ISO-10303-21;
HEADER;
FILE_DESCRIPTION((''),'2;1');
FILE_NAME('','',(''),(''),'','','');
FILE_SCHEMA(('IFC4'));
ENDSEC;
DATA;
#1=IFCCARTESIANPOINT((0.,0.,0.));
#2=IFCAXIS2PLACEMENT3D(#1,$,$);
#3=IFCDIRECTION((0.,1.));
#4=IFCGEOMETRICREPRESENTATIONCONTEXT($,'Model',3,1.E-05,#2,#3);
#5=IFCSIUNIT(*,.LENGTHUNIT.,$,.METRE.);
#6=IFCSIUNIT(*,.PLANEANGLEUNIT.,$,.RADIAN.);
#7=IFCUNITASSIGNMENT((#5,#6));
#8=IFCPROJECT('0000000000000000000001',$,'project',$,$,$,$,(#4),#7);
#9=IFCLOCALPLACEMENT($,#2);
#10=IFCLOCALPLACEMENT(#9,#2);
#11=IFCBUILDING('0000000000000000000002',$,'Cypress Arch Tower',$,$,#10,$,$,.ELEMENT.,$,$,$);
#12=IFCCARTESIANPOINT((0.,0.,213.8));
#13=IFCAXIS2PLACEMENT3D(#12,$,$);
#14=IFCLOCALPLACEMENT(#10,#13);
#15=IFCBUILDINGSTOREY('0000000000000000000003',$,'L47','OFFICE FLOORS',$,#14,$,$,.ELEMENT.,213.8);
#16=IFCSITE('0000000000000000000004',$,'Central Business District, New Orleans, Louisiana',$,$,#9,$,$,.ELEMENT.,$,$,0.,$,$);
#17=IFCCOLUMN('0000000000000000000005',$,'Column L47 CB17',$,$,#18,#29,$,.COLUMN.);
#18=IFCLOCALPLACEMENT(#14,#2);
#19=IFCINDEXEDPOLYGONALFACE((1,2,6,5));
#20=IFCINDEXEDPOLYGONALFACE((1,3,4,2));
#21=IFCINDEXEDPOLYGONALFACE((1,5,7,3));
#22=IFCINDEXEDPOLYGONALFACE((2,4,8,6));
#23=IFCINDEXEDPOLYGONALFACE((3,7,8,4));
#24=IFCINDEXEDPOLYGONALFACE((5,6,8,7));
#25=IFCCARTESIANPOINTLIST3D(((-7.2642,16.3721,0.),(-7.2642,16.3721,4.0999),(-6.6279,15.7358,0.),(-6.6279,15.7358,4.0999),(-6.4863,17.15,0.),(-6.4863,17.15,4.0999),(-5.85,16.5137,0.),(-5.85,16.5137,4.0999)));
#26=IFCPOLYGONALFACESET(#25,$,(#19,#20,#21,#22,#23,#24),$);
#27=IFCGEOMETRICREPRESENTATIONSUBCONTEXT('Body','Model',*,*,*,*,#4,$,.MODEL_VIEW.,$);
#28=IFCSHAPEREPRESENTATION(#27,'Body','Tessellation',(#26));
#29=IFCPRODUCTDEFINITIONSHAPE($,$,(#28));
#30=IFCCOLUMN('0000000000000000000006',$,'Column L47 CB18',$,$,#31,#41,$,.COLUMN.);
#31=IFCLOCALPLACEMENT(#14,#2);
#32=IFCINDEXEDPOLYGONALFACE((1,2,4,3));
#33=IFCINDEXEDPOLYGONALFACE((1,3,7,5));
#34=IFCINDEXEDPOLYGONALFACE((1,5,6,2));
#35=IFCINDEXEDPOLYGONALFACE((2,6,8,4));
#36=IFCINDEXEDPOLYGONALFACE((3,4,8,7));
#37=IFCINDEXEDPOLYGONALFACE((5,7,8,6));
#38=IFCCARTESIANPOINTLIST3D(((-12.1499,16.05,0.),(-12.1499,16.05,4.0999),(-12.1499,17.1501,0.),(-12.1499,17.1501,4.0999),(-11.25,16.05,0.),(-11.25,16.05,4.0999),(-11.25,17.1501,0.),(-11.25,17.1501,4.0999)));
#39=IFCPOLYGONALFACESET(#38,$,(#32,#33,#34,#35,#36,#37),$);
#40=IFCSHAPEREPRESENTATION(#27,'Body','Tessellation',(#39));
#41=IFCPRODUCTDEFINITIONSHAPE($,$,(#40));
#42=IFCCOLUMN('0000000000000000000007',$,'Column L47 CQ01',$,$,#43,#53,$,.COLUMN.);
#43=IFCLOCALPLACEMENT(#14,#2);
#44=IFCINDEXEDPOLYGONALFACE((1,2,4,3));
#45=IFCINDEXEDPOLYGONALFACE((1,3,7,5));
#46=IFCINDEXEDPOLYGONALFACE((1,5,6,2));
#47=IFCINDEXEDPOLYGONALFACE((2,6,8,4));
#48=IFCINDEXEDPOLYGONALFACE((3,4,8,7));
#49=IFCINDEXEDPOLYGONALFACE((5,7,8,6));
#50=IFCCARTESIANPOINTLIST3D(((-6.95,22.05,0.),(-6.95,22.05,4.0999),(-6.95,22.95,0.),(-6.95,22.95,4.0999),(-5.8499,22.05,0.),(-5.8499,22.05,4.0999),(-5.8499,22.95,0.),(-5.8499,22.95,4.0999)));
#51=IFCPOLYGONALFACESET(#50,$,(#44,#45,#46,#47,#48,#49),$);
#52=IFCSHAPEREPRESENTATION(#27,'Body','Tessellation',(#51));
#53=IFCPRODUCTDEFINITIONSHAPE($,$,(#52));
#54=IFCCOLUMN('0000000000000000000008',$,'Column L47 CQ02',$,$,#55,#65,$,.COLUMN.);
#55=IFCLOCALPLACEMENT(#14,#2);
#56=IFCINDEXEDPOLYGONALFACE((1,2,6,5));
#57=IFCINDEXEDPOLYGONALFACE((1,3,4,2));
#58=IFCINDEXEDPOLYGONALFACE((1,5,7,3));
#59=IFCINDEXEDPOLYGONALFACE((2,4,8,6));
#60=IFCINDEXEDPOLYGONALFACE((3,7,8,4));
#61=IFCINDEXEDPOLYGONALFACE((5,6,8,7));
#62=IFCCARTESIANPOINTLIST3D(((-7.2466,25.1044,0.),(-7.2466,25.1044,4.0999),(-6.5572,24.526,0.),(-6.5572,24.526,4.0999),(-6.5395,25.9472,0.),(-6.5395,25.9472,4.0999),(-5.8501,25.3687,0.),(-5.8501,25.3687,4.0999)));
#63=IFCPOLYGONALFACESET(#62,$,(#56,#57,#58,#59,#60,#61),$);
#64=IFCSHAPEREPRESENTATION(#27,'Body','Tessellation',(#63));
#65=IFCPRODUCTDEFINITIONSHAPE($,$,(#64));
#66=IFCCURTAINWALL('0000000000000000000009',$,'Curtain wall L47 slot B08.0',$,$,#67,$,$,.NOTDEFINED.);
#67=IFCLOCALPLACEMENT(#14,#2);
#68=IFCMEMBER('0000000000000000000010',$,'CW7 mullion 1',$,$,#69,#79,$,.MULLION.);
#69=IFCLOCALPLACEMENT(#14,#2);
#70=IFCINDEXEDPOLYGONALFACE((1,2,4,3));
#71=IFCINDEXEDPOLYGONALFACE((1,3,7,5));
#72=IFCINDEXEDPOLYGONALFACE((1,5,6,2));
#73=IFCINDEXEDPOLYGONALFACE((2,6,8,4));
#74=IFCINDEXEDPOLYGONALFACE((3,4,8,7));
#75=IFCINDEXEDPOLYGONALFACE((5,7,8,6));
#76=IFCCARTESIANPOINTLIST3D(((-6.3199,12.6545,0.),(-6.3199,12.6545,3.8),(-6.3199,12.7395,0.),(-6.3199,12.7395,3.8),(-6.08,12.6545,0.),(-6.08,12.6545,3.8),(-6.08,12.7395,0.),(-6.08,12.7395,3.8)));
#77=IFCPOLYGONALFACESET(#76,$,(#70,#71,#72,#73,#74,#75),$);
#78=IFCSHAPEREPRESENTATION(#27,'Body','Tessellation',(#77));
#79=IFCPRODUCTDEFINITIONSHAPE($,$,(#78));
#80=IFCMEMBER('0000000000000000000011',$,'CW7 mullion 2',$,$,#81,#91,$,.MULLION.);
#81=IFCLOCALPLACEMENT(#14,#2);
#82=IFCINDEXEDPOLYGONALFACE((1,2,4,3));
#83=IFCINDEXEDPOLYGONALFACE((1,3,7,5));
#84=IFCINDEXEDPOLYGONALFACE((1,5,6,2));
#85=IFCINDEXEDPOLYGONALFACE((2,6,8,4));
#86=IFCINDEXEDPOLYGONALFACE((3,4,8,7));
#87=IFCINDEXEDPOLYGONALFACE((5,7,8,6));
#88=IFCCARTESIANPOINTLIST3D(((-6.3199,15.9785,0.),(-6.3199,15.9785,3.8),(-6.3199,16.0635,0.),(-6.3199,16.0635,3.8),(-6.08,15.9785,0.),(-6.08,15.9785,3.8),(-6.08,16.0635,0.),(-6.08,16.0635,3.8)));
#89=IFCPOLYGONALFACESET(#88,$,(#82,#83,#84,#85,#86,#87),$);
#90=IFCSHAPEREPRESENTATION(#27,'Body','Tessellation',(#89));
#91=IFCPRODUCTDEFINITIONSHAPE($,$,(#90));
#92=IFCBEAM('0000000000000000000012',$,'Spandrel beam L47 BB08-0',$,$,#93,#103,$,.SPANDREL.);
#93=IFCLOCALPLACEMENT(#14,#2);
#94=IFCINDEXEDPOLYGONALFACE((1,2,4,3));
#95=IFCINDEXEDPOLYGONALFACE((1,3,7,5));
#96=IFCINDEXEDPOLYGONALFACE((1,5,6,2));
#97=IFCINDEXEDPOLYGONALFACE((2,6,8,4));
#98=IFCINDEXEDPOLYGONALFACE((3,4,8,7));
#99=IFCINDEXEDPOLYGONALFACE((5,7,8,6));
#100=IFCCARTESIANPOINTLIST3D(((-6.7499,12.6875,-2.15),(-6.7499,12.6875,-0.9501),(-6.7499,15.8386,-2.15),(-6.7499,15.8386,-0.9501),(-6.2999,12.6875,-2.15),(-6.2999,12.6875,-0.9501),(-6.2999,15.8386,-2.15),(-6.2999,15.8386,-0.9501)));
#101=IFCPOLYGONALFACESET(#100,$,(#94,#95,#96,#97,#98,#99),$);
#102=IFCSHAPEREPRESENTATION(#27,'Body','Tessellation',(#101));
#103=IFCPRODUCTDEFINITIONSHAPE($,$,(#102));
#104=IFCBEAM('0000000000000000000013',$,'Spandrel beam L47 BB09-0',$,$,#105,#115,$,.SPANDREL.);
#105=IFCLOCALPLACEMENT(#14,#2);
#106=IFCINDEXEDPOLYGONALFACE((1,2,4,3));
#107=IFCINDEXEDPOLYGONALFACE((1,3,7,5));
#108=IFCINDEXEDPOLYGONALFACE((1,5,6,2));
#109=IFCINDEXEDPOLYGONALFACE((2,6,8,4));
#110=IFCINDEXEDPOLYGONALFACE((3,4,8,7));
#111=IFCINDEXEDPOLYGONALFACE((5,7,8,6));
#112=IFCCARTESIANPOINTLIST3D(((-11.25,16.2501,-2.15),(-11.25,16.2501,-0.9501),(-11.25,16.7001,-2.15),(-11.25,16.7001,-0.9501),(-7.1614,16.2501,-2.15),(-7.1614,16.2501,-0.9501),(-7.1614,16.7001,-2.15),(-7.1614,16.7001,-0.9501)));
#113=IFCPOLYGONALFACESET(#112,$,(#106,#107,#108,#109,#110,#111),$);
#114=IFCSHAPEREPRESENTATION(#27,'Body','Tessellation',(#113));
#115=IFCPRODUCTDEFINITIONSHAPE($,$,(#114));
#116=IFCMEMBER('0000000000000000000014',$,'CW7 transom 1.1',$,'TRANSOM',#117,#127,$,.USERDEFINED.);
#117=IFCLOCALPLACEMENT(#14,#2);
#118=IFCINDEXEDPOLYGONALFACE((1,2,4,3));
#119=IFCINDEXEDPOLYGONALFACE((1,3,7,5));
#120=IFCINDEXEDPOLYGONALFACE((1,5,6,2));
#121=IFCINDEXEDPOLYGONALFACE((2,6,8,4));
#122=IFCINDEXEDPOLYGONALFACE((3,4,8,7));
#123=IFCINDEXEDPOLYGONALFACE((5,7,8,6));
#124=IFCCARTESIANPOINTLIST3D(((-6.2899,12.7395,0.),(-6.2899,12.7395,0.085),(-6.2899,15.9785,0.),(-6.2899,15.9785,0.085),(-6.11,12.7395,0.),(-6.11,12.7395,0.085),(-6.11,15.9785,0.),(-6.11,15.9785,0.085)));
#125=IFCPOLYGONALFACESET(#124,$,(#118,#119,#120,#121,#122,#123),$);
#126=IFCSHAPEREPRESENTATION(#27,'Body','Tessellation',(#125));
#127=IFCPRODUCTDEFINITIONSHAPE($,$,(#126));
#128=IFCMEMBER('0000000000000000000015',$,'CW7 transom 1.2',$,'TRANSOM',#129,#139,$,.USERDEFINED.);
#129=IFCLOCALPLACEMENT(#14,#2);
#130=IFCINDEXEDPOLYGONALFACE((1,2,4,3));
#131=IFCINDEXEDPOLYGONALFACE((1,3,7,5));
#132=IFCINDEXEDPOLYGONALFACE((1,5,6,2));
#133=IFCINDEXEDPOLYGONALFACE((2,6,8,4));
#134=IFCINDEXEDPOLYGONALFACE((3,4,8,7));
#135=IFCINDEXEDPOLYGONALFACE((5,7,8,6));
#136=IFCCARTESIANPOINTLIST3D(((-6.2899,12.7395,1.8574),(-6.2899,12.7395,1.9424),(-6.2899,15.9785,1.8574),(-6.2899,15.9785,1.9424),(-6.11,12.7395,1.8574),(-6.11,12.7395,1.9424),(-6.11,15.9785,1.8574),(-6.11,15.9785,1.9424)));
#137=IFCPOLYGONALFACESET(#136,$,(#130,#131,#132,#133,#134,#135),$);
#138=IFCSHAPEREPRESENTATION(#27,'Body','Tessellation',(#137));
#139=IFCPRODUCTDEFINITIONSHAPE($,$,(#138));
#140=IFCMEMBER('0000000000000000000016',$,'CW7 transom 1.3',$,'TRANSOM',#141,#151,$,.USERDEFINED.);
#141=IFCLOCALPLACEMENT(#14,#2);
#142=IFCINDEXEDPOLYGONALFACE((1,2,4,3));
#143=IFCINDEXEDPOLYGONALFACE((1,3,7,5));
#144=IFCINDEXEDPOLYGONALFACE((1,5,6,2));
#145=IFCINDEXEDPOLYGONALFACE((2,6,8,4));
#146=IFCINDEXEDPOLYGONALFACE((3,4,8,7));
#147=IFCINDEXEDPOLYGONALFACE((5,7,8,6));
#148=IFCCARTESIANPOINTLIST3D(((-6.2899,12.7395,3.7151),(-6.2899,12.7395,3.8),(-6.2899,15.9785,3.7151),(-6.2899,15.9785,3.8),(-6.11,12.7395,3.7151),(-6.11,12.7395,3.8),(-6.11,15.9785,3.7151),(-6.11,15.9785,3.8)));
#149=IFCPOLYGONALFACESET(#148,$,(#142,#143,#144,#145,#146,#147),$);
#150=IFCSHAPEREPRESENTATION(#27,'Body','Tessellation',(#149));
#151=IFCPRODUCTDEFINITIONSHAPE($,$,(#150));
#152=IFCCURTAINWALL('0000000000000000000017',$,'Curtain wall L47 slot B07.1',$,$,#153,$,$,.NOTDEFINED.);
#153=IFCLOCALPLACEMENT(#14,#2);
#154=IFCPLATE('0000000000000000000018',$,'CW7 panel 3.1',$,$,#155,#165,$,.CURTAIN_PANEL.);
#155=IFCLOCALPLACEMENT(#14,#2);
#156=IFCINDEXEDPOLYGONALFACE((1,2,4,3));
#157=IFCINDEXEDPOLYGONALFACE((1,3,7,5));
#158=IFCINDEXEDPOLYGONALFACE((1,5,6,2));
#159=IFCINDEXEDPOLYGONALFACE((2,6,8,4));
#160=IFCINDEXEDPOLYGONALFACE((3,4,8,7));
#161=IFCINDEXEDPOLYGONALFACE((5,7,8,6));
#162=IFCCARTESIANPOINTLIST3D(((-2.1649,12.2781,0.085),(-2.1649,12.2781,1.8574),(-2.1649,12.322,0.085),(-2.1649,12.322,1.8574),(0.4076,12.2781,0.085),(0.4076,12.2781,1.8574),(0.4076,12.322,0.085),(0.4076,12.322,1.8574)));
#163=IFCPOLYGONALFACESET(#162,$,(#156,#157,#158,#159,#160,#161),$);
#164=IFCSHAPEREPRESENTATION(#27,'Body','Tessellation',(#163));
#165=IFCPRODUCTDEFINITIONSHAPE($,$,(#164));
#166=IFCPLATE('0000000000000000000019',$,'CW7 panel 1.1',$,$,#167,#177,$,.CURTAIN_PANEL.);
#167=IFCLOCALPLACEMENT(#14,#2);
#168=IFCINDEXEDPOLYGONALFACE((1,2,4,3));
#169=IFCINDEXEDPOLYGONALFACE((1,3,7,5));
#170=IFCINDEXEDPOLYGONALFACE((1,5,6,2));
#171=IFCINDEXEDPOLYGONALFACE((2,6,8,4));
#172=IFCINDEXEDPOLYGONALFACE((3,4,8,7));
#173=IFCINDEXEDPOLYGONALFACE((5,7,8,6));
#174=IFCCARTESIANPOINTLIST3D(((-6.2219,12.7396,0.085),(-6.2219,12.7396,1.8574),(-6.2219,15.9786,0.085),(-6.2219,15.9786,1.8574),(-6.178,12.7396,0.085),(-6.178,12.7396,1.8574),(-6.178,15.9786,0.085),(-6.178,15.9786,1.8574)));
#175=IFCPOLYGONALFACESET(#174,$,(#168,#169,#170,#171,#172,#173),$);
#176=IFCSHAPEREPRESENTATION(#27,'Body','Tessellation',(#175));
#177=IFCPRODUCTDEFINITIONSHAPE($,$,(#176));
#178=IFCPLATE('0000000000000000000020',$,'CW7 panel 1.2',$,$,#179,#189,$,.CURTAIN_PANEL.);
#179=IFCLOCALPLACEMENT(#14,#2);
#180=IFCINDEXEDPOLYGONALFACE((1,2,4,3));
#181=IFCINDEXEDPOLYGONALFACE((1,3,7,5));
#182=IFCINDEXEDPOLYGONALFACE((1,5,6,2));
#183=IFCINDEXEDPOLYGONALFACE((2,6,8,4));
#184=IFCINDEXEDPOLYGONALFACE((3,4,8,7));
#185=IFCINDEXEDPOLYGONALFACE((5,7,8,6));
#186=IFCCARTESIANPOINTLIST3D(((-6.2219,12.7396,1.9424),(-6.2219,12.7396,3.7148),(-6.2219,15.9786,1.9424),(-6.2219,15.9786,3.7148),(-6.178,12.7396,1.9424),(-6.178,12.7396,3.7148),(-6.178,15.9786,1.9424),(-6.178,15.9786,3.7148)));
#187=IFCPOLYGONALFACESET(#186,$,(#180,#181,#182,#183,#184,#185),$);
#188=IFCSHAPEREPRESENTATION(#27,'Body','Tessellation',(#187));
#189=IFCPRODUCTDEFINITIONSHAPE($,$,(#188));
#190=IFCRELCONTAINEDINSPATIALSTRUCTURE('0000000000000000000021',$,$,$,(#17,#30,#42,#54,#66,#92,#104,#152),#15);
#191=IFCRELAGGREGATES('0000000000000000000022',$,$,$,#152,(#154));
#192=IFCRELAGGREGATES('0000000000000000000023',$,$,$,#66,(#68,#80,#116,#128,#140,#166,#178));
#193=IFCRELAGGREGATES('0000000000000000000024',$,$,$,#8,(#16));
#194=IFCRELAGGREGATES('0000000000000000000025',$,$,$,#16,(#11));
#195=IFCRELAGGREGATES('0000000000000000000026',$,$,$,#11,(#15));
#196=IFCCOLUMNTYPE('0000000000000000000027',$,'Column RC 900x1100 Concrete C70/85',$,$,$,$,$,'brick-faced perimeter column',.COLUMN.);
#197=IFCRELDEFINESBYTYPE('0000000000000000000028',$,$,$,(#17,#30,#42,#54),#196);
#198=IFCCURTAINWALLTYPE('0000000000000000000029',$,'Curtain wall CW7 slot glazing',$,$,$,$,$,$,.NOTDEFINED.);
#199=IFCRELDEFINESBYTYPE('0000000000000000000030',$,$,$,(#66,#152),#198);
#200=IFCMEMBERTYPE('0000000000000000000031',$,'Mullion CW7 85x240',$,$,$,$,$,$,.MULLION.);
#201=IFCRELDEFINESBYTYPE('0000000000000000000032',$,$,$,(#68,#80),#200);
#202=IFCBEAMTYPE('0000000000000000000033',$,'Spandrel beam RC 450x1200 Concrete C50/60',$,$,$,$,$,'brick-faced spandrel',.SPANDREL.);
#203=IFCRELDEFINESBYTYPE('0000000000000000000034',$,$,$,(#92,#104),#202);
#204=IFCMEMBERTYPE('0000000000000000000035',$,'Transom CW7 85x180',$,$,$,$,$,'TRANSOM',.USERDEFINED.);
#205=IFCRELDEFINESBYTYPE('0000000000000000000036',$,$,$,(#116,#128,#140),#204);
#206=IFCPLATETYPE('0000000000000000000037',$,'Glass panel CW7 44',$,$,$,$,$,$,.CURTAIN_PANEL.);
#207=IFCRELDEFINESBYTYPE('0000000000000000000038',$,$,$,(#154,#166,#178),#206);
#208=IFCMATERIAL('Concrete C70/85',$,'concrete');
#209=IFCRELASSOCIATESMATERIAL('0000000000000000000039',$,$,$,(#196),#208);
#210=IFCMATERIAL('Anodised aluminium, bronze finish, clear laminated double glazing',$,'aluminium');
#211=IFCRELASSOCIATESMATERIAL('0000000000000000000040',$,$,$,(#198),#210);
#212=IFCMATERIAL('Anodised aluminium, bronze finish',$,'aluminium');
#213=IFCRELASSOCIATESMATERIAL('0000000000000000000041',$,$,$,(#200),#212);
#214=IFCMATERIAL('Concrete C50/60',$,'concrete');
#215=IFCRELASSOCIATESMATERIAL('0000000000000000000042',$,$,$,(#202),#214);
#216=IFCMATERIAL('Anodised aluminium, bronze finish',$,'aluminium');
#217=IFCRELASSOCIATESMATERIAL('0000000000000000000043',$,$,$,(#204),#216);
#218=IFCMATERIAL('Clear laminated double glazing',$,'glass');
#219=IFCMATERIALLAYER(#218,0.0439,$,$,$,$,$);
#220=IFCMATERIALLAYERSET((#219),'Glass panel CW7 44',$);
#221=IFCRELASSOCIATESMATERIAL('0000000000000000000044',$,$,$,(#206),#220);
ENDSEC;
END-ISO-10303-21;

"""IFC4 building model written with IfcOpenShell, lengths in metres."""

from ifc_helpers import new_model, si_unit, direction, frame, origin, origin_2d, place, context, subcontext, project, spatial, rectangle, extrude, material, layer, layer_set, material_profile, profile_set, type_object, element, aggregate, save


model = new_model("IFC4")

# Units and contexts
model_context = context("Model", 3, precision=1e-05, world=origin(), true_north=direction((0.0, 1.0)))
body_context = subcontext(model_context, "Body", "Model", "MODEL_VIEW")
ifc_project = project(units=[si_unit("LENGTHUNIT", "METRE"), si_unit("PLANEANGLEUNIT", "RADIAN")], contexts=[model_context])

# Site, building, storey
site_placement = place(None, origin())
site = spatial("IfcSite", under=ifc_project, at=site_placement, Name="Central Business District, New Orleans, Louisiana", CompositionType="ELEMENT", RefElevation=0.0)
building_placement = place(site_placement, origin())
building = spatial("IfcBuilding", under=site, at=building_placement, Name="Cypress Arch Tower", CompositionType="ELEMENT")
storey_placement = place(building_placement, frame((0.0, 0.0, 213.8)))
storey = spatial("IfcBuildingStorey", under=building, at=storey_placement, Name="L47", Description="OFFICE FLOORS", CompositionType="ELEMENT", Elevation=213.8)

# Columns
ifc_material_1 = material(Name="Concrete C70/85", Category="concrete")
ifc_material_profile_1 = material_profile(ifc_material_1, rectangle(XDim=0.8999, YDim=1.1001, at=origin_2d()), Name="RC 900x1100")
ifc_profile_set_1 = profile_set([ifc_material_profile_1], Name="Concrete C70/85")
column_type = type_object("IfcColumnType", Name="Column RC 900x1100 Concrete C70/85", ElementType="brick-faced perimeter column", PredefinedType="COLUMN", material=ifc_profile_set_1)
for number, where, z_axis, x_axis, name in (
    (1, (-6.5571, 16.4429, 0.0), (0.0, 0.0, 1.0), (-0.707107, 0.707107, 0.0), "Column L47 CB17"),
    (2, (-11.7, 16.6001, 0.0), (0.0, 0.0, 1.0), (-1.0, 0.0, 0.0), "Column L47 CB18"),
    (3, (-6.3999, 22.5, 0.0), (0.0, 0.0, 1.0), (0.0, 1.0, 0.0), "Column L47 CQ01"),
    (4, (-6.5483, 25.2366, 0.0), (0.0, 0.0, 1.0), (-0.766064, 0.642765, 0.0), "Column L47 CQ02"),
):
    element("IfcColumn", number, at=place(storey_placement, frame(where, z_axis=z_axis, x_axis=x_axis)), inside=storey, type_object=column_type, Name=name, PredefinedType="COLUMN", context=body_context, shape_type="SweptSolid", body=[
        extrude(rectangle(XDim=0.8999, YDim=1.1001, at=origin_2d()), origin(), (0.0, 0.0, 1.0), 4.0999),
    ])

# Curtain wall, members
ifc_material_2 = material(Name="Anodised aluminium, bronze finish, clear laminated double glazing", Category="aluminium")
curtain_wall_type = type_object("IfcCurtainWallType", Name="Curtain wall CW7 slot glazing", PredefinedType="NOTDEFINED", material=ifc_material_2)
curtain_wall_1_placement = place(storey_placement, origin())
curtain_wall_1 = element("IfcCurtainWall", 5, at=curtain_wall_1_placement, inside=storey, type_object=curtain_wall_type, Name="Curtain wall L47 slot B08.0", PredefinedType="NOTDEFINED")
ifc_material_3 = material(Name="Anodised aluminium, bronze finish", Category="aluminium")
ifc_material_profile_2 = material_profile(ifc_material_3, rectangle(XDim=0.24, YDim=0.085, at=origin_2d()), Name="Mullion 85x240")
ifc_profile_set_2 = profile_set([ifc_material_profile_2], Name="Anodised aluminium, bronze finish")
member_type_1 = type_object("IfcMemberType", Name="Mullion CW7 85x240", PredefinedType="MULLION", material=ifc_profile_set_2)
member_1_placement = place(storey_placement, frame((-6.2, 12.697, 0.0), z_axis=(0.0, 0.0, 1.0), x_axis=(-1.0, 0.0, 0.0)))
member_1 = element("IfcMember", 6, at=member_1_placement, type_object=member_type_1, Name="CW7 mullion 1", PredefinedType="MULLION", context=body_context, shape_type="SweptSolid", body=[
    extrude(rectangle(XDim=0.24, YDim=0.085, at=origin_2d()), origin(), (0.0, 0.0, 1.0), 3.8),
])
member_2_placement = place(storey_placement, frame((-6.2, 16.021, 0.0), z_axis=(0.0, 0.0, 1.0), x_axis=(-1.0, 0.0, 0.0)))
member_2 = element("IfcMember", 7, at=member_2_placement, type_object=member_type_1, Name="CW7 mullion 2", PredefinedType="MULLION", context=body_context, shape_type="SweptSolid", body=[
    extrude(rectangle(XDim=0.24, YDim=0.085, at=origin_2d()), origin(), (0.0, 0.0, 1.0), 3.8),
])

# Beams
ifc_material_4 = material(Name="Concrete C50/60", Category="concrete")
ifc_material_profile_3 = material_profile(ifc_material_4, rectangle(XDim=0.45, YDim=1.2, at=origin_2d()), Name="RC 450x1200")
ifc_profile_set_3 = profile_set([ifc_material_profile_3], Name="Concrete C50/60")
beam_type = type_object("IfcBeamType", Name="Spandrel beam RC 450x1200 Concrete C50/60", ElementType="brick-faced spandrel", PredefinedType="SPANDREL", material=ifc_profile_set_3)
beam_1_placement = place(storey_placement, frame((-6.5249, 12.6875, -1.55), z_axis=(0.0, 1.0, 0.0), x_axis=(-1.0, 0.0, 0.0)))
element("IfcBeam", 8, at=beam_1_placement, inside=storey, type_object=beam_type, Name="Spandrel beam L47 BB08-0", PredefinedType="SPANDREL", context=body_context, shape_type="SweptSolid", body=[
    extrude(rectangle(XDim=0.45, YDim=1.2, at=origin_2d()), origin(), (0.0, 0.0, 1.0), 3.1511),
])
beam_2_placement = place(storey_placement, frame((-7.1614, 16.4751, -1.55), z_axis=(-1.0, 0.0, 0.0), x_axis=(0.0, -1.0, 0.0)))
element("IfcBeam", 9, at=beam_2_placement, inside=storey, type_object=beam_type, Name="Spandrel beam L47 BB09-0", PredefinedType="SPANDREL", context=body_context, shape_type="SweptSolid", body=[
    extrude(rectangle(XDim=0.45, YDim=1.2, at=origin_2d()), origin(), (0.0, 0.0, 1.0), 4.0886),
])

# Members
ifc_material_5 = material(Name="Anodised aluminium, bronze finish", Category="aluminium")
ifc_material_profile_4 = material_profile(ifc_material_5, rectangle(XDim=0.1799, YDim=0.085, at=origin_2d()), Name="Transom 85x180")
ifc_profile_set_4 = profile_set([ifc_material_profile_4], Name="Anodised aluminium, bronze finish")
member_type_2 = type_object("IfcMemberType", Name="Transom CW7 85x180", ElementType="TRANSOM", PredefinedType="USERDEFINED", material=ifc_profile_set_4)
member_3_placement = place(storey_placement, frame((-6.2, 12.7395, 0.0425), z_axis=(0.0, 1.0, 0.0), x_axis=(-1.0, 0.0, 0.0)))
member_3 = element("IfcMember", 10, at=member_3_placement, type_object=member_type_2, Name="CW7 transom 1.1", ObjectType="TRANSOM", PredefinedType="USERDEFINED", context=body_context, shape_type="SweptSolid", body=[
    extrude(rectangle(XDim=0.1799, YDim=0.085, at=origin_2d()), origin(), (0.0, 0.0, 1.0), 3.239),
])
member_4_placement = place(storey_placement, frame((-6.2, 12.7395, 1.8999), z_axis=(0.0, 1.0, 0.0), x_axis=(-1.0, 0.0, 0.0)))
member_4 = element("IfcMember", 11, at=member_4_placement, type_object=member_type_2, Name="CW7 transom 1.2", ObjectType="TRANSOM", PredefinedType="USERDEFINED", context=body_context, shape_type="SweptSolid", body=[
    extrude(rectangle(XDim=0.1799, YDim=0.085, at=origin_2d()), origin(), (0.0, 0.0, 1.0), 3.239),
])
member_5_placement = place(storey_placement, frame((-6.2, 12.7395, 3.7576), z_axis=(0.0, 1.0, 0.0), x_axis=(-1.0, 0.0, 0.0)))
member_5 = element("IfcMember", 12, at=member_5_placement, type_object=member_type_2, Name="CW7 transom 1.3", ObjectType="TRANSOM", PredefinedType="USERDEFINED", context=body_context, shape_type="SweptSolid", body=[
    extrude(rectangle(XDim=0.1799, YDim=0.085, at=origin_2d()), origin(), (0.0, 0.0, 1.0), 3.239),
])

# Curtain wall, plate
curtain_wall_2_placement = place(storey_placement, origin())
curtain_wall_2 = element("IfcCurtainWall", 13, at=curtain_wall_2_placement, inside=storey, type_object=curtain_wall_type, Name="Curtain wall L47 slot B07.1", PredefinedType="NOTDEFINED")
ifc_material_6 = material(Name="Clear laminated double glazing", Category="glass")
ifc_layer_1 = layer(ifc_material_6, 0.0439)
ifc_layer_set_1 = layer_set([ifc_layer_1], Name="Glass panel CW7 44")
plate_type = type_object("IfcPlateType", Name="Glass panel CW7 44", PredefinedType="CURTAIN_PANEL", material=ifc_layer_set_1)
plate_1_placement = place(storey_placement, frame((-0.8787, 12.3, 0.085), z_axis=(0.0, 0.0, 1.0), x_axis=(-1.0, 0.0, 0.0)))
plate_1 = element("IfcPlate", 14, at=plate_1_placement, type_object=plate_type, Name="CW7 panel 3.1", PredefinedType="CURTAIN_PANEL", context=body_context, shape_type="SweptSolid", body=[
    extrude(rectangle(XDim=2.5725, YDim=0.0439, at=origin_2d()), origin(), (0.0, 0.0, 1.0), 1.7725),
])
aggregate(curtain_wall_2, [plate_1])

# Plates
plate_2_placement = place(storey_placement, frame((-6.2, 14.3591, 0.085), z_axis=(0.0, 0.0, 1.0), x_axis=(0.0, 1.0, 0.0)))
plate_2 = element("IfcPlate", 15, at=plate_2_placement, type_object=plate_type, Name="CW7 panel 1.1", PredefinedType="CURTAIN_PANEL", context=body_context, shape_type="SweptSolid", body=[
    extrude(rectangle(XDim=3.239, YDim=0.0439, at=origin_2d()), origin(), (0.0, 0.0, 1.0), 1.7725),
])
plate_3_placement = place(storey_placement, frame((-6.2, 14.3591, 1.9424), z_axis=(0.0, 0.0, 1.0), x_axis=(0.0, 1.0, 0.0)))
plate_3 = element("IfcPlate", 16, at=plate_3_placement, type_object=plate_type, Name="CW7 panel 1.2", PredefinedType="CURTAIN_PANEL", context=body_context, shape_type="SweptSolid", body=[
    extrude(rectangle(XDim=3.239, YDim=0.0439, at=origin_2d()), origin(), (0.0, 0.0, 1.0), 1.7725),
])
aggregate(curtain_wall_1, [member_1, member_2, member_3, member_4, member_5, plate_2, plate_3])

save(model, "model.ifc")
